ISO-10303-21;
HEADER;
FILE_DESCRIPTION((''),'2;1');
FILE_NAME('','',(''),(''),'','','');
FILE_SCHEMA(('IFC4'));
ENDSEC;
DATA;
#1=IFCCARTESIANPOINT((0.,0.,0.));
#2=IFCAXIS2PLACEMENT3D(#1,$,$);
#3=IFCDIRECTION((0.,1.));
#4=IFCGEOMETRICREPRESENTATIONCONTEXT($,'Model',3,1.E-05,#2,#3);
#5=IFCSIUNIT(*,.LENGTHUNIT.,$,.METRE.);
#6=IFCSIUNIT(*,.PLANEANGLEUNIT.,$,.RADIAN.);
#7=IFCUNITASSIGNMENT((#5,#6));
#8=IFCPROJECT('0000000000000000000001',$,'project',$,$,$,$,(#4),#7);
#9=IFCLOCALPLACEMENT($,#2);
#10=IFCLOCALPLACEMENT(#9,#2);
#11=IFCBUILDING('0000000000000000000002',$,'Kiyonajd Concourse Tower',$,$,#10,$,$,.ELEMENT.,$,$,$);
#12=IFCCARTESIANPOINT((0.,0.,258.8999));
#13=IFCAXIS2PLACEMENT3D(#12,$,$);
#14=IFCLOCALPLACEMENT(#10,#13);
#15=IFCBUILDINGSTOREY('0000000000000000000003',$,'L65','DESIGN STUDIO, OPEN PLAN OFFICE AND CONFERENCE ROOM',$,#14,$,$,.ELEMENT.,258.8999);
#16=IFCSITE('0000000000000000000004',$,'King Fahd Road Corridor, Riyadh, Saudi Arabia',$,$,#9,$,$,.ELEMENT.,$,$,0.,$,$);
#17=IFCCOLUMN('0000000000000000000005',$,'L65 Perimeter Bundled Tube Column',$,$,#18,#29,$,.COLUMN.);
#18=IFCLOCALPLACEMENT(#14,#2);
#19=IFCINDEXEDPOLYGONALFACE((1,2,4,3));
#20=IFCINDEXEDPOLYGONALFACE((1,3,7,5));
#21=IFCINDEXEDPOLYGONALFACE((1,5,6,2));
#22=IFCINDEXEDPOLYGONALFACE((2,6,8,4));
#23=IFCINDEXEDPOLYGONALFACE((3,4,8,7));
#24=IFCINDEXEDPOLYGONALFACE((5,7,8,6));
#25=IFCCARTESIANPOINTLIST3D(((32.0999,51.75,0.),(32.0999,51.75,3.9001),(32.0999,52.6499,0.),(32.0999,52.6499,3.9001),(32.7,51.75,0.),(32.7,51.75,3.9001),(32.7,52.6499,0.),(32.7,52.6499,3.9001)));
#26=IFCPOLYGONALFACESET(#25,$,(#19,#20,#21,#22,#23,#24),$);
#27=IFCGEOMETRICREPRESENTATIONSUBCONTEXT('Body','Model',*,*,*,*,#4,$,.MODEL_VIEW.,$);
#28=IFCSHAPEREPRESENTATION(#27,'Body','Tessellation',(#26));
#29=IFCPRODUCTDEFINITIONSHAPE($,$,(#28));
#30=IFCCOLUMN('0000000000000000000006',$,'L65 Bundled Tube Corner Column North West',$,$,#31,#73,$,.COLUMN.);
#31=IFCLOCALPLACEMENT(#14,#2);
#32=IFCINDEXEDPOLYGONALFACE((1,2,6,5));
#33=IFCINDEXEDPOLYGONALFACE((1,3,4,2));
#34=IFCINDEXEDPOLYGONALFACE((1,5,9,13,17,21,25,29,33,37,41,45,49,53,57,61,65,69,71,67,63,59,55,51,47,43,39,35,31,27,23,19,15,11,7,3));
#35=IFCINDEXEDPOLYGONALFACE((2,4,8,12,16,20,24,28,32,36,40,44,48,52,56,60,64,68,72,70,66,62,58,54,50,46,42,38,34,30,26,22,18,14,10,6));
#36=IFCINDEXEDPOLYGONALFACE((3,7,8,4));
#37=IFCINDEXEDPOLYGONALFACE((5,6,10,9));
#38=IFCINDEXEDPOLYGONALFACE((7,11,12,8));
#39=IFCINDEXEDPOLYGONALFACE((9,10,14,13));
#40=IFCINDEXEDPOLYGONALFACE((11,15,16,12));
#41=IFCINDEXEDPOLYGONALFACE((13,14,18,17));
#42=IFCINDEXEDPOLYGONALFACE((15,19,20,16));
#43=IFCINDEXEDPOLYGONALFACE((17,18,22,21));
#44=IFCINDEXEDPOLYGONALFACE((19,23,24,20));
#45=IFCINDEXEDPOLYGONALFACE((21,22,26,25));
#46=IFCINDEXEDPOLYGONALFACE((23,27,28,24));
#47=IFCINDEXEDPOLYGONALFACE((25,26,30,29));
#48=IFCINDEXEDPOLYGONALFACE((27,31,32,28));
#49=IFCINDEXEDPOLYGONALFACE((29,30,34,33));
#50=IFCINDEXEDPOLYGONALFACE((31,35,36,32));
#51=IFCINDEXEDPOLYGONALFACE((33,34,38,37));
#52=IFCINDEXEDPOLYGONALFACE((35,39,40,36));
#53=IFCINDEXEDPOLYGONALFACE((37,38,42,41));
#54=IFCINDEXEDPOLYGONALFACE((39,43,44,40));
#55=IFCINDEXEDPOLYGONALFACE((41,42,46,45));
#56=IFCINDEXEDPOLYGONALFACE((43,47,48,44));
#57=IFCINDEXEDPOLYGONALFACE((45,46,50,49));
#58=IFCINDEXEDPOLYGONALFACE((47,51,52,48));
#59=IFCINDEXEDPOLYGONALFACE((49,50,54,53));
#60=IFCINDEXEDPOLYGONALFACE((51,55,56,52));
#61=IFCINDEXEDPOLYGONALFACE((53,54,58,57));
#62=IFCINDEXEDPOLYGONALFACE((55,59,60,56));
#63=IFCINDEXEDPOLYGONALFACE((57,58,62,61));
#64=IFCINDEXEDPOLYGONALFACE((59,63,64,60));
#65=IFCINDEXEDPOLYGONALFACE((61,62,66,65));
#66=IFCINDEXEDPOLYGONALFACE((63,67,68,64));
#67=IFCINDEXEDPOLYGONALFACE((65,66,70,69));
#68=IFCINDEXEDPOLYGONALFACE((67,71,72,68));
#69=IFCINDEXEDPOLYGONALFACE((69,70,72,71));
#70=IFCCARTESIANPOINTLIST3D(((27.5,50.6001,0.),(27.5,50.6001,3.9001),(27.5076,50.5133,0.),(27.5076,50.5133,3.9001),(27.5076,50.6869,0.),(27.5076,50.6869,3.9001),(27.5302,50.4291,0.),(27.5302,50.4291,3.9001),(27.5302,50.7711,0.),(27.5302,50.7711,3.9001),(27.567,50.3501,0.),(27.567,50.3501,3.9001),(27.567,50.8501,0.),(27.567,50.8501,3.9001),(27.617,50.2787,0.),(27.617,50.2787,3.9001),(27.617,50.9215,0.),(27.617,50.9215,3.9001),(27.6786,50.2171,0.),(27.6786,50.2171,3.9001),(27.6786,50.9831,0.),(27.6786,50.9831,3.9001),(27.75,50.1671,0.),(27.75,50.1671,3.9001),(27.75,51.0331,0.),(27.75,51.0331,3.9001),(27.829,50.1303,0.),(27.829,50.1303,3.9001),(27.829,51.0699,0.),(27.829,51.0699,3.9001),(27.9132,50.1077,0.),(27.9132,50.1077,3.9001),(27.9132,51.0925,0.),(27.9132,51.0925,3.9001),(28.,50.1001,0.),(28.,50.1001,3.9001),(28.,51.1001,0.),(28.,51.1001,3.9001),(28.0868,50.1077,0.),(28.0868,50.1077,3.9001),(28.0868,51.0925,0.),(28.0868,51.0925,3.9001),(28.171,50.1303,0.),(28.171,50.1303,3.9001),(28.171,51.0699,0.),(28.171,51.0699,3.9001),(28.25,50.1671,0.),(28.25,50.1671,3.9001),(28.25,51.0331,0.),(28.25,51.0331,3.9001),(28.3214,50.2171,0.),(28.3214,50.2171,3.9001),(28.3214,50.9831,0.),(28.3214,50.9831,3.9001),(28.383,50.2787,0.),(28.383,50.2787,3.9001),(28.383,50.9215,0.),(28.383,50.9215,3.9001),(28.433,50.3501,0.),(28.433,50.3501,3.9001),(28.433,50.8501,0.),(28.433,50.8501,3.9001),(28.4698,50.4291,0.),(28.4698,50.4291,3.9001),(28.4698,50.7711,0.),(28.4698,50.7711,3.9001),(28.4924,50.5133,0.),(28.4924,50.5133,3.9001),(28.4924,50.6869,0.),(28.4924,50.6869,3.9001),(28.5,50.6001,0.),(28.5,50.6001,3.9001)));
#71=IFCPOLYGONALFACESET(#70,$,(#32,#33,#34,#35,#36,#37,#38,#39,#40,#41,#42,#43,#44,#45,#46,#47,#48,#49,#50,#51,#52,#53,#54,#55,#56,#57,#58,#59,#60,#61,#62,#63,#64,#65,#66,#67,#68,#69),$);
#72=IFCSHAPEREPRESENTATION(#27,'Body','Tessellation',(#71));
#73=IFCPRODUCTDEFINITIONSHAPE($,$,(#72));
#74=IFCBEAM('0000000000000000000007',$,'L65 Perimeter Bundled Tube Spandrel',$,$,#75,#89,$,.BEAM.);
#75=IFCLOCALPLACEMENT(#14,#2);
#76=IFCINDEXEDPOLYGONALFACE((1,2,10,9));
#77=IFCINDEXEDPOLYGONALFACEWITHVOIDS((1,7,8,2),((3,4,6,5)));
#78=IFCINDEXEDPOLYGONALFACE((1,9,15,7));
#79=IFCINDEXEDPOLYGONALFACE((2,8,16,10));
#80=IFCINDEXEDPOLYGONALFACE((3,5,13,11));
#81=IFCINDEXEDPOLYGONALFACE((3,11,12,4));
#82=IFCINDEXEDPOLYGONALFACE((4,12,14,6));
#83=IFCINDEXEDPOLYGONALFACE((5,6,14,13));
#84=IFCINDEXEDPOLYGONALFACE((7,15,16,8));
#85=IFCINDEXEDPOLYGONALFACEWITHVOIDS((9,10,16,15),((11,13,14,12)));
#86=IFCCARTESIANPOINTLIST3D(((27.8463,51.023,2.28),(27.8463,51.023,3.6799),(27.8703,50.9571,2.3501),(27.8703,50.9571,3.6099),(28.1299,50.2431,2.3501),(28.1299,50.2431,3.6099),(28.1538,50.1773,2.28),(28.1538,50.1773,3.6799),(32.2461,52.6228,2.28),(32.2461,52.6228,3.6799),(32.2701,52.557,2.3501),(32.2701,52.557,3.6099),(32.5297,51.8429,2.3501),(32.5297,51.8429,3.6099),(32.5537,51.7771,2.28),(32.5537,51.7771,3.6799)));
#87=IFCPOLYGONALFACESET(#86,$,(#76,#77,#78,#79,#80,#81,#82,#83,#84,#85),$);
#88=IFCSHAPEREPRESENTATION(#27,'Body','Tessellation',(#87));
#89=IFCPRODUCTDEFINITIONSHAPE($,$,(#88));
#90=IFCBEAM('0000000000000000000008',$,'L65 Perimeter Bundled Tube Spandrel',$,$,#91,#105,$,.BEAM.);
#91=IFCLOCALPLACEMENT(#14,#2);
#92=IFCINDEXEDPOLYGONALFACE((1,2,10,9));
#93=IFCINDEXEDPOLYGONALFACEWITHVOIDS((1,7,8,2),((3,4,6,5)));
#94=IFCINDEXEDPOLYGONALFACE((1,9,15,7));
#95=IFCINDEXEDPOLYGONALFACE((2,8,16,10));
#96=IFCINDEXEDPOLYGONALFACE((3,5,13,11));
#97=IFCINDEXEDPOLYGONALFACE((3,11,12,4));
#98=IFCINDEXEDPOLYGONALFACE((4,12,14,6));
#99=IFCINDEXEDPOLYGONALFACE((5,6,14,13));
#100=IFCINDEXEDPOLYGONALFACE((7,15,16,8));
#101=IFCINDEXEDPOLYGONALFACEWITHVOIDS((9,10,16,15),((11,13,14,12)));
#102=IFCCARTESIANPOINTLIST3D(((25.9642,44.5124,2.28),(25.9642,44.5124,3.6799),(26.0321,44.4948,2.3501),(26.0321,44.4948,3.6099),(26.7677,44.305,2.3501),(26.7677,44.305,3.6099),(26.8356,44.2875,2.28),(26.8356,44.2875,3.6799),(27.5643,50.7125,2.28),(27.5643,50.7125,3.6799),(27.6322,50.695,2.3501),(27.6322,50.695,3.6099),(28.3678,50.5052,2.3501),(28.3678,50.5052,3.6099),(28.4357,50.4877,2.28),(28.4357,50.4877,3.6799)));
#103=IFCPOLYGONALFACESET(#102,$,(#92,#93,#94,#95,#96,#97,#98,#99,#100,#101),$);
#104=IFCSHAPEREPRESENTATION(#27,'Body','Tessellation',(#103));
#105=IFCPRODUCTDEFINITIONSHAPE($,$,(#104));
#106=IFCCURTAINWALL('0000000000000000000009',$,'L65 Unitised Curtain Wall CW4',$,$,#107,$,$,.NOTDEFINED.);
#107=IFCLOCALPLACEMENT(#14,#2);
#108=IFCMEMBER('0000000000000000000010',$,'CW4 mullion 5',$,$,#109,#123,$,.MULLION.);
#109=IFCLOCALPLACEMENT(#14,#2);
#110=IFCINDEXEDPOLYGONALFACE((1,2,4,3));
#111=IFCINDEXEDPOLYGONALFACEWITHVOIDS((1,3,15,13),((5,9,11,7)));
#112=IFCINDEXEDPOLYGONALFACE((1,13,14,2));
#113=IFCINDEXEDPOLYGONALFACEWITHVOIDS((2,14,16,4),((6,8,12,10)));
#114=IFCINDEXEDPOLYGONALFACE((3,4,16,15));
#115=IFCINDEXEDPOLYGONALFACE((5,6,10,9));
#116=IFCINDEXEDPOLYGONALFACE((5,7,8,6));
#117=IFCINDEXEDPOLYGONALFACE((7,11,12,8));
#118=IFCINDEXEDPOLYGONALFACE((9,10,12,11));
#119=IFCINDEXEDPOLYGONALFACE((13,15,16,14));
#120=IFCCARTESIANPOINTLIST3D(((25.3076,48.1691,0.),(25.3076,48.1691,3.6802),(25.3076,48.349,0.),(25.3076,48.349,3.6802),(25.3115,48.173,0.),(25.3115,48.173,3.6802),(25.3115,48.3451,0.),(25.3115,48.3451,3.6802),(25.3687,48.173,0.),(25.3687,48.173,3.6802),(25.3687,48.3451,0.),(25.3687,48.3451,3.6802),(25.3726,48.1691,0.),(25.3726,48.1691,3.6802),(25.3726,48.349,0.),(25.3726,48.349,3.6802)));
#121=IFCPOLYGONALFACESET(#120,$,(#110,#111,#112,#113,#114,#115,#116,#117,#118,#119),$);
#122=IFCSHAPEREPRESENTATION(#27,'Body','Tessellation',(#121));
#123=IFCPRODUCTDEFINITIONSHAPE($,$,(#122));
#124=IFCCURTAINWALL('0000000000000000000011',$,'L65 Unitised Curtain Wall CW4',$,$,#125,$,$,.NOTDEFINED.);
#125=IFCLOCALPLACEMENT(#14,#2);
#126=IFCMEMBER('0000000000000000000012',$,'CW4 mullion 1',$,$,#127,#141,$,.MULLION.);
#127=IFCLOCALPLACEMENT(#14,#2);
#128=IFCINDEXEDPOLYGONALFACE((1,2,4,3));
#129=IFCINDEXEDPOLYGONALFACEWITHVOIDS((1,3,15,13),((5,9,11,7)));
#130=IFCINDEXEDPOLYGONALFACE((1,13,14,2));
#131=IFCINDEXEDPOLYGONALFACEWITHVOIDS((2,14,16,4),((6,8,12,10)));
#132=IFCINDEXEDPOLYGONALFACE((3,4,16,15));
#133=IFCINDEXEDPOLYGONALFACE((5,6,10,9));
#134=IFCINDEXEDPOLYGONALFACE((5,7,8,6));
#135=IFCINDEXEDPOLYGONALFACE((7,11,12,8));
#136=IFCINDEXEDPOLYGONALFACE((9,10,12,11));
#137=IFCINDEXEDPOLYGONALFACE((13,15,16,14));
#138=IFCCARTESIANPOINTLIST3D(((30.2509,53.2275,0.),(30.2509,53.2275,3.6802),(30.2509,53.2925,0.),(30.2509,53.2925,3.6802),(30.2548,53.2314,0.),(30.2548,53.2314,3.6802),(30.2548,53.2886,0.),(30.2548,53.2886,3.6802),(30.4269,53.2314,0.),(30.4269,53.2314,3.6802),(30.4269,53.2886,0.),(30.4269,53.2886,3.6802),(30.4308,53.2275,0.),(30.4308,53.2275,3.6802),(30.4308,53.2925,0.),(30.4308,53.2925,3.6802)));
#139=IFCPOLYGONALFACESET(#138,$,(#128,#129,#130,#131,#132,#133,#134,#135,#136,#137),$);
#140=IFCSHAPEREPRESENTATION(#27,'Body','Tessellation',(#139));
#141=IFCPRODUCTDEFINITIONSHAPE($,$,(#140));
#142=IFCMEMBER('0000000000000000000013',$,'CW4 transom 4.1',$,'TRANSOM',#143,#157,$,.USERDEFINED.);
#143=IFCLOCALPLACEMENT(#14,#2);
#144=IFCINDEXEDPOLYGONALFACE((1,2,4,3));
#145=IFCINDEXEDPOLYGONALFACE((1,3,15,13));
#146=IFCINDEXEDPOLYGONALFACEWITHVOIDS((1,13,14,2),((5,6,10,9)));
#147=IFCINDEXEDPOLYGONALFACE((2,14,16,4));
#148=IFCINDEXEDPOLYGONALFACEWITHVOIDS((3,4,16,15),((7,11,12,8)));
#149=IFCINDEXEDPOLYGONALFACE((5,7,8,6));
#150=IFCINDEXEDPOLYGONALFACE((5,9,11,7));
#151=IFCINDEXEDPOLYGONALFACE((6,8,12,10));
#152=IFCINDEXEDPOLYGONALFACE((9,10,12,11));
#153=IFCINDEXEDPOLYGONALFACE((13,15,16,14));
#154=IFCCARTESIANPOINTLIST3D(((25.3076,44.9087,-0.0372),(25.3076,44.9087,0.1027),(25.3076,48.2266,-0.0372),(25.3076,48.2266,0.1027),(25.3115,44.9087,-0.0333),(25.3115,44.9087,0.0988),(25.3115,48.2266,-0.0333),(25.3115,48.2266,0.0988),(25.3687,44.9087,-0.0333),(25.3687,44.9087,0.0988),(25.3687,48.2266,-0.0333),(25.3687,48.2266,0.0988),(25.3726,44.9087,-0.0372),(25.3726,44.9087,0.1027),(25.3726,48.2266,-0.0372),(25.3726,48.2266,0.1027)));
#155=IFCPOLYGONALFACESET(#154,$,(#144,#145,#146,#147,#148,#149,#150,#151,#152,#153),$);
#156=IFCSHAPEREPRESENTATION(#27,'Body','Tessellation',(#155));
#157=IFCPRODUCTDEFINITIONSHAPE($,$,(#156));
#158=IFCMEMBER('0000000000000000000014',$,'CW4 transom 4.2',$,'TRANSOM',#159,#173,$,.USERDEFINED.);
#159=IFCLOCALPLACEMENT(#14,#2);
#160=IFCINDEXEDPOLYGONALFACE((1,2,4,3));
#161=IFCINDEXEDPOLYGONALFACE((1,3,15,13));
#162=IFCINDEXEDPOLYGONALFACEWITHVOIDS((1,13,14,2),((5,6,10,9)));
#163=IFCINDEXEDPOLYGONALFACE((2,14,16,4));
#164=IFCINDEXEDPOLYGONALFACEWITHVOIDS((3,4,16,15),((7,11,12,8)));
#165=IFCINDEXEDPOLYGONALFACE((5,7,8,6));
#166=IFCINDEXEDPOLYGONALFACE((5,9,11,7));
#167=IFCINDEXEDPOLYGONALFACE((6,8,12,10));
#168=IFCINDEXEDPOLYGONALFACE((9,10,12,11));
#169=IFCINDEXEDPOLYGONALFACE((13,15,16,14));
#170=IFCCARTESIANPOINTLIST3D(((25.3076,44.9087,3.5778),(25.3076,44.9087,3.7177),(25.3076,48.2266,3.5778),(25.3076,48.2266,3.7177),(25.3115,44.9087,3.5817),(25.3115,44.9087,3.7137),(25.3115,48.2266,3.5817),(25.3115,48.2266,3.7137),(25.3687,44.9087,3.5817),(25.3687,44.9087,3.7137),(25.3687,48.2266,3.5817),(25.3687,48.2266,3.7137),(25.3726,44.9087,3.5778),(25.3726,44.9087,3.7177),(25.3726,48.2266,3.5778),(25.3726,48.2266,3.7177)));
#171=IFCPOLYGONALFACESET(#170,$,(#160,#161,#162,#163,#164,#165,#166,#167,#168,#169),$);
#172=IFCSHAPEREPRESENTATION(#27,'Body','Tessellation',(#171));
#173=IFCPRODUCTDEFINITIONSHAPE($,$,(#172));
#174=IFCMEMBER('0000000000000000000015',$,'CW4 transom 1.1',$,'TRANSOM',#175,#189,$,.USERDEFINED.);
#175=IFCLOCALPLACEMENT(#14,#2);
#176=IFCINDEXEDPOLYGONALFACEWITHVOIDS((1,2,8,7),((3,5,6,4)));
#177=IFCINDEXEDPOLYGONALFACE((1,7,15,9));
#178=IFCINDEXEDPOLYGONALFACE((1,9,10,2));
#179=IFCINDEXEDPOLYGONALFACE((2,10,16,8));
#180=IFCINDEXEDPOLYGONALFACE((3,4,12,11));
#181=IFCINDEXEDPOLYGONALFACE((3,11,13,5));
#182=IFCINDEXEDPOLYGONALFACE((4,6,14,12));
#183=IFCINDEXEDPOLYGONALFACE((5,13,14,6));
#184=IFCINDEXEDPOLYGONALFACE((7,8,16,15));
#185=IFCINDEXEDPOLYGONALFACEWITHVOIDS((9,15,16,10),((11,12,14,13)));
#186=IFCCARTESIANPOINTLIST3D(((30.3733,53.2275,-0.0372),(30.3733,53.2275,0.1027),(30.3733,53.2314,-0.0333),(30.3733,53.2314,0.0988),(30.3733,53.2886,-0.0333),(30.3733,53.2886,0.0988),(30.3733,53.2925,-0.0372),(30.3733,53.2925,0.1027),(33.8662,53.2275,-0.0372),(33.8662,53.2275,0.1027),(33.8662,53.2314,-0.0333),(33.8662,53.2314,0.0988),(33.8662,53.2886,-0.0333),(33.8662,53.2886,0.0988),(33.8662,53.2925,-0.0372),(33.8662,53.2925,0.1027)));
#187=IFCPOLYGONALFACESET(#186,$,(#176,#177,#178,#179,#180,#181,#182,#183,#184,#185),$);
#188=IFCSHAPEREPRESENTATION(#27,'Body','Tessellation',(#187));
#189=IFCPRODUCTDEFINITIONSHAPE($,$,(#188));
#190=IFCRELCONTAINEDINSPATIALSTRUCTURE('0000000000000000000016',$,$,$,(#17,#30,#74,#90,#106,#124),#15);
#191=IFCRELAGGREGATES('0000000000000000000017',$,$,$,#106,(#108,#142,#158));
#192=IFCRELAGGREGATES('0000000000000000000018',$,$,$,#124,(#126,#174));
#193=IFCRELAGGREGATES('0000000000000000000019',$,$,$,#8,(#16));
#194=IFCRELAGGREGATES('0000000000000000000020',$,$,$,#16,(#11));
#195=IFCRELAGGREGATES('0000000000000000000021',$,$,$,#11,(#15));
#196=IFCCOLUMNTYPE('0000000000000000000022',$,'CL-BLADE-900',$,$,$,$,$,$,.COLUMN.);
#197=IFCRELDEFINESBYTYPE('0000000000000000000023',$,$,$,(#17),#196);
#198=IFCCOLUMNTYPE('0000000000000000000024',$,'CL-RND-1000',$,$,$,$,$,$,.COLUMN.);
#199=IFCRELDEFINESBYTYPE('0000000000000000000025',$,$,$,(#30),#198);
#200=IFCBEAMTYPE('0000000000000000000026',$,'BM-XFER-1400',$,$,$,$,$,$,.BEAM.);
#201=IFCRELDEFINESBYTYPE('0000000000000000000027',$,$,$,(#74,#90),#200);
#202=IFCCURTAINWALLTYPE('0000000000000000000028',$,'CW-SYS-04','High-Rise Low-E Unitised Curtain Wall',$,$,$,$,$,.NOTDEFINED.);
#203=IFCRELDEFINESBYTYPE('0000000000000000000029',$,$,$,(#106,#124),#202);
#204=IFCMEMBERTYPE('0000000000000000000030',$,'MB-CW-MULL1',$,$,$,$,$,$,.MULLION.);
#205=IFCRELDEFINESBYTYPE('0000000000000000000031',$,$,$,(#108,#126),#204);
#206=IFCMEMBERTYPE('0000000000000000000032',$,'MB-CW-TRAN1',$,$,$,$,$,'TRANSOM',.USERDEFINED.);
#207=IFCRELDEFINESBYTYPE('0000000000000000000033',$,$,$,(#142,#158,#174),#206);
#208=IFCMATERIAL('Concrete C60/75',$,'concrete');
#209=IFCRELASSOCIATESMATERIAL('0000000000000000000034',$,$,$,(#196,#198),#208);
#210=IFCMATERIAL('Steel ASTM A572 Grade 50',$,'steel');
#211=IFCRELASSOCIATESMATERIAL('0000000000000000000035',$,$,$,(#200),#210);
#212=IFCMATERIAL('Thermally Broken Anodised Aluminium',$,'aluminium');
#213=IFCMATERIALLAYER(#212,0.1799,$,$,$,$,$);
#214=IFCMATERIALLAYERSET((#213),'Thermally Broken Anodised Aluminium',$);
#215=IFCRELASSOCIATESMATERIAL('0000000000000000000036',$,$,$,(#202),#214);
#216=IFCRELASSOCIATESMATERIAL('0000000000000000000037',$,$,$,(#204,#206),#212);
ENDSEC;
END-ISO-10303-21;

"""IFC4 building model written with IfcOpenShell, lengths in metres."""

from ifc_helpers import new_model, si_unit, direction, frame, origin, origin_2d, place, context, subcontext, project, spatial, rectangle, hollow_rectangle, circle, extrude, material, layer, layer_set, material_profile, profile_set, type_object, element, aggregate, save


model = new_model("IFC4")

# Units and contexts
model_context = context("Model", 3, precision=1e-05, world=origin(), true_north=direction((0.0, 1.0)))
body_context = subcontext(model_context, "Body", "Model", "MODEL_VIEW")
ifc_project = project(units=[si_unit("LENGTHUNIT", "METRE"), si_unit("PLANEANGLEUNIT", "RADIAN")], contexts=[model_context])

# Site, building, storey
site_placement = place(None, origin())
site = spatial("IfcSite", under=ifc_project, at=site_placement, Name="King Fahd Road Corridor, Riyadh, Saudi Arabia", CompositionType="ELEMENT", RefElevation=0.0)
building_placement = place(site_placement, origin())
building = spatial("IfcBuilding", under=site, at=building_placement, Name="Kiyonajd Concourse Tower", CompositionType="ELEMENT")
storey_placement = place(building_placement, frame((0.0, 0.0, 258.8999)))
storey = spatial("IfcBuildingStorey", under=building, at=storey_placement, Name="L65", Description="DESIGN STUDIO, OPEN PLAN OFFICE AND CONFERENCE ROOM", CompositionType="ELEMENT", Elevation=258.8999)

# Columns
ifc_material_1 = material(Name="Concrete C60/75", Category="concrete")
ifc_material_profile_1 = material_profile(ifc_material_1, rectangle(XDim=0.6001, YDim=0.8999, at=origin_2d()), Name="RC-900x600")
ifc_profile_set_1 = profile_set([ifc_material_profile_1], Name="Concrete C60/75")
column_type_1 = type_object("IfcColumnType", Name="CL-BLADE-900", PredefinedType="COLUMN", material=ifc_profile_set_1)
column_1_placement = place(storey_placement, frame((32.3999, 52.2, 0.0), z_axis=(0.0, 0.0, 1.0), x_axis=(1.0, 0.0, 0.0)))
element("IfcColumn", 1, at=column_1_placement, inside=storey, type_object=column_type_1, Name="L65 Perimeter Bundled Tube Column", PredefinedType="COLUMN", context=body_context, shape_type="SweptSolid", body=[
    extrude(rectangle(XDim=0.6001, YDim=0.8999, at=origin_2d()), origin(), (0.0, 0.0, 1.0), 3.9001),
])
ifc_material_profile_2 = material_profile(ifc_material_1, circle(Radius=0.5, at=origin_2d()), Name="RCC-D1000")
ifc_profile_set_2 = profile_set([ifc_material_profile_2], Name="Concrete C60/75")
column_type_2 = type_object("IfcColumnType", Name="CL-RND-1000", PredefinedType="COLUMN", material=ifc_profile_set_2)
column_2_placement = place(storey_placement, frame((28.0, 50.6001, 0.0), z_axis=(0.0, 0.0, 1.0), x_axis=(1.0, 0.0, 0.0)))
element("IfcColumn", 2, at=column_2_placement, inside=storey, type_object=column_type_2, Name="L65 Bundled Tube Corner Column North West", PredefinedType="COLUMN", context=body_context, shape_type="SweptSolid", body=[
    extrude(circle(Radius=0.5, at=origin_2d()), origin(), (0.0, 0.0, 1.0), 3.9001),
])

# Beams
ifc_material_2 = material(Name="Steel ASTM A572 Grade 50", Category="steel")
ifc_material_profile_3 = material_profile(ifc_material_2, hollow_rectangle(XDim=0.8999, YDim=1.3999, WallThickness=0.0701, at=origin_2d()), Name="BOX-1400x900x70")
ifc_profile_set_3 = profile_set([ifc_material_profile_3], Name="Steel ASTM A572 Grade 50")
beam_type = type_object("IfcBeamType", Name="BM-XFER-1400", PredefinedType="BEAM", material=ifc_profile_set_3)
beam_1_placement = place(storey_placement, frame((32.3999, 52.2, 2.98), z_axis=(-0.939801, -0.341722, 0.0), x_axis=(0.341722, -0.939801, 0.0)))
element("IfcBeam", 3, at=beam_1_placement, inside=storey, type_object=beam_type, Name="L65 Perimeter Bundled Tube Spandrel", PredefinedType="BEAM", context=body_context, shape_type="SweptSolid", body=[
    extrude(hollow_rectangle(XDim=0.8999, YDim=1.3999, WallThickness=0.0701, at=origin_2d()), origin(), (0.0, 0.0, 1.0), 4.6816),
])
beam_2_placement = place(storey_placement, frame((28.0, 50.6001, 2.98), z_axis=(-0.249885, -0.968276, 0.0), x_axis=(0.968276, -0.249885, 0.0)))
element("IfcBeam", 4, at=beam_2_placement, inside=storey, type_object=beam_type, Name="L65 Perimeter Bundled Tube Spandrel", PredefinedType="BEAM", context=body_context, shape_type="SweptSolid", body=[
    extrude(hollow_rectangle(XDim=0.8999, YDim=1.3999, WallThickness=0.0701, at=origin_2d()), origin(), (0.0, 0.0, 1.0), 6.4033),
])

# Curtain walls, members
ifc_material_3 = material(Name="Thermally Broken Anodised Aluminium", Category="aluminium")
ifc_layer_1 = layer(ifc_material_3, 0.1799)
ifc_layer_set_1 = layer_set([ifc_layer_1], Name="Thermally Broken Anodised Aluminium")
curtain_wall_type = type_object("IfcCurtainWallType", Name="CW-SYS-04", Description="High-Rise Low-E Unitised Curtain Wall", PredefinedType="NOTDEFINED", material=ifc_layer_set_1)
curtain_wall_1_placement = place(storey_placement, origin())
curtain_wall_1 = element("IfcCurtainWall", 5, at=curtain_wall_1_placement, inside=storey, type_object=curtain_wall_type, Name="L65 Unitised Curtain Wall CW4", PredefinedType="NOTDEFINED")
ifc_material_profile_4 = material_profile(ifc_material_3, hollow_rectangle(XDim=0.0649, YDim=0.1799, WallThickness=0.0039, at=origin_2d()), Name="MULL-65x180")
ifc_profile_set_4 = profile_set([ifc_material_profile_4], Name="Thermally Broken Anodised Aluminium")
member_type_1 = type_object("IfcMemberType", Name="MB-CW-MULL1", PredefinedType="MULLION", material=ifc_profile_set_4)
member_1_placement = place(storey_placement, frame((25.3401, 48.259, 0.0), z_axis=(0.0, 0.0, 1.0), x_axis=(-1.0, 0.0, 0.0)))
member_1 = element("IfcMember", 6, at=member_1_placement, type_object=member_type_1, Name="CW4 mullion 5", PredefinedType="MULLION", context=body_context, shape_type="SweptSolid", body=[
    extrude(hollow_rectangle(XDim=0.0649, YDim=0.1799, WallThickness=0.0039, at=origin_2d()), origin(), (0.0, 0.0, 1.0), 3.6802),
])
curtain_wall_2_placement = place(storey_placement, origin())
curtain_wall_2 = element("IfcCurtainWall", 7, at=curtain_wall_2_placement, inside=storey, type_object=curtain_wall_type, Name="L65 Unitised Curtain Wall CW4", PredefinedType="NOTDEFINED")
member_2_placement = place(storey_placement, frame((30.3408, 53.26, 0.0), z_axis=(0.0, 0.0, 1.0), x_axis=(0.0, 1.0, 0.0)))
member_2 = element("IfcMember", 8, at=member_2_placement, type_object=member_type_1, Name="CW4 mullion 1", PredefinedType="MULLION", context=body_context, shape_type="SweptSolid", body=[
    extrude(hollow_rectangle(XDim=0.0649, YDim=0.1799, WallThickness=0.0039, at=origin_2d()), origin(), (0.0, 0.0, 1.0), 3.6802),
])

# Members
ifc_material_profile_5 = material_profile(ifc_material_3, hollow_rectangle(XDim=0.0649, YDim=0.1399, WallThickness=0.0039, at=origin_2d()), Name="TRAN-65x140")
ifc_profile_set_5 = profile_set([ifc_material_profile_5], Name="Thermally Broken Anodised Aluminium")
member_type_2 = type_object("IfcMemberType", Name="MB-CW-TRAN1", ElementType="TRANSOM", PredefinedType="USERDEFINED", material=ifc_profile_set_5)
member_3_placement = place(storey_placement, frame((25.3401, 44.9087, 0.0327), z_axis=(0.0, 1.0, 0.0), x_axis=(-1.0, 0.0, 0.0)))
member_3 = element("IfcMember", 9, at=member_3_placement, type_object=member_type_2, Name="CW4 transom 4.1", ObjectType="TRANSOM", PredefinedType="USERDEFINED", context=body_context, shape_type="SweptSolid", body=[
    extrude(hollow_rectangle(XDim=0.0649, YDim=0.1399, WallThickness=0.0039, at=origin_2d()), origin(), (0.0, 0.0, 1.0), 3.3179),
])
member_4_placement = place(storey_placement, frame((25.3401, 44.9087, 3.6477), z_axis=(0.0, 1.0, 0.0), x_axis=(-1.0, 0.0, 0.0)))
member_4 = element("IfcMember", 10, at=member_4_placement, type_object=member_type_2, Name="CW4 transom 4.2", ObjectType="TRANSOM", PredefinedType="USERDEFINED", context=body_context, shape_type="SweptSolid", body=[
    extrude(hollow_rectangle(XDim=0.0649, YDim=0.1399, WallThickness=0.0039, at=origin_2d()), origin(), (0.0, 0.0, 1.0), 3.3179),
])
member_5_placement = place(storey_placement, frame((30.3733, 53.26, 0.0327), z_axis=(1.0, 0.0, 0.0), x_axis=(0.0, 1.0, 0.0)))
member_5 = element("IfcMember", 11, at=member_5_placement, type_object=member_type_2, Name="CW4 transom 1.1", ObjectType="TRANSOM", PredefinedType="USERDEFINED", context=body_context, shape_type="SweptSolid", body=[
    extrude(hollow_rectangle(XDim=0.0649, YDim=0.1399, WallThickness=0.0039, at=origin_2d()), origin(), (0.0, 0.0, 1.0), 3.4929),
])

aggregate(curtain_wall_1, [member_1, member_3, member_4])
aggregate(curtain_wall_2, [member_2, member_5])

save(model, "model.ifc")
